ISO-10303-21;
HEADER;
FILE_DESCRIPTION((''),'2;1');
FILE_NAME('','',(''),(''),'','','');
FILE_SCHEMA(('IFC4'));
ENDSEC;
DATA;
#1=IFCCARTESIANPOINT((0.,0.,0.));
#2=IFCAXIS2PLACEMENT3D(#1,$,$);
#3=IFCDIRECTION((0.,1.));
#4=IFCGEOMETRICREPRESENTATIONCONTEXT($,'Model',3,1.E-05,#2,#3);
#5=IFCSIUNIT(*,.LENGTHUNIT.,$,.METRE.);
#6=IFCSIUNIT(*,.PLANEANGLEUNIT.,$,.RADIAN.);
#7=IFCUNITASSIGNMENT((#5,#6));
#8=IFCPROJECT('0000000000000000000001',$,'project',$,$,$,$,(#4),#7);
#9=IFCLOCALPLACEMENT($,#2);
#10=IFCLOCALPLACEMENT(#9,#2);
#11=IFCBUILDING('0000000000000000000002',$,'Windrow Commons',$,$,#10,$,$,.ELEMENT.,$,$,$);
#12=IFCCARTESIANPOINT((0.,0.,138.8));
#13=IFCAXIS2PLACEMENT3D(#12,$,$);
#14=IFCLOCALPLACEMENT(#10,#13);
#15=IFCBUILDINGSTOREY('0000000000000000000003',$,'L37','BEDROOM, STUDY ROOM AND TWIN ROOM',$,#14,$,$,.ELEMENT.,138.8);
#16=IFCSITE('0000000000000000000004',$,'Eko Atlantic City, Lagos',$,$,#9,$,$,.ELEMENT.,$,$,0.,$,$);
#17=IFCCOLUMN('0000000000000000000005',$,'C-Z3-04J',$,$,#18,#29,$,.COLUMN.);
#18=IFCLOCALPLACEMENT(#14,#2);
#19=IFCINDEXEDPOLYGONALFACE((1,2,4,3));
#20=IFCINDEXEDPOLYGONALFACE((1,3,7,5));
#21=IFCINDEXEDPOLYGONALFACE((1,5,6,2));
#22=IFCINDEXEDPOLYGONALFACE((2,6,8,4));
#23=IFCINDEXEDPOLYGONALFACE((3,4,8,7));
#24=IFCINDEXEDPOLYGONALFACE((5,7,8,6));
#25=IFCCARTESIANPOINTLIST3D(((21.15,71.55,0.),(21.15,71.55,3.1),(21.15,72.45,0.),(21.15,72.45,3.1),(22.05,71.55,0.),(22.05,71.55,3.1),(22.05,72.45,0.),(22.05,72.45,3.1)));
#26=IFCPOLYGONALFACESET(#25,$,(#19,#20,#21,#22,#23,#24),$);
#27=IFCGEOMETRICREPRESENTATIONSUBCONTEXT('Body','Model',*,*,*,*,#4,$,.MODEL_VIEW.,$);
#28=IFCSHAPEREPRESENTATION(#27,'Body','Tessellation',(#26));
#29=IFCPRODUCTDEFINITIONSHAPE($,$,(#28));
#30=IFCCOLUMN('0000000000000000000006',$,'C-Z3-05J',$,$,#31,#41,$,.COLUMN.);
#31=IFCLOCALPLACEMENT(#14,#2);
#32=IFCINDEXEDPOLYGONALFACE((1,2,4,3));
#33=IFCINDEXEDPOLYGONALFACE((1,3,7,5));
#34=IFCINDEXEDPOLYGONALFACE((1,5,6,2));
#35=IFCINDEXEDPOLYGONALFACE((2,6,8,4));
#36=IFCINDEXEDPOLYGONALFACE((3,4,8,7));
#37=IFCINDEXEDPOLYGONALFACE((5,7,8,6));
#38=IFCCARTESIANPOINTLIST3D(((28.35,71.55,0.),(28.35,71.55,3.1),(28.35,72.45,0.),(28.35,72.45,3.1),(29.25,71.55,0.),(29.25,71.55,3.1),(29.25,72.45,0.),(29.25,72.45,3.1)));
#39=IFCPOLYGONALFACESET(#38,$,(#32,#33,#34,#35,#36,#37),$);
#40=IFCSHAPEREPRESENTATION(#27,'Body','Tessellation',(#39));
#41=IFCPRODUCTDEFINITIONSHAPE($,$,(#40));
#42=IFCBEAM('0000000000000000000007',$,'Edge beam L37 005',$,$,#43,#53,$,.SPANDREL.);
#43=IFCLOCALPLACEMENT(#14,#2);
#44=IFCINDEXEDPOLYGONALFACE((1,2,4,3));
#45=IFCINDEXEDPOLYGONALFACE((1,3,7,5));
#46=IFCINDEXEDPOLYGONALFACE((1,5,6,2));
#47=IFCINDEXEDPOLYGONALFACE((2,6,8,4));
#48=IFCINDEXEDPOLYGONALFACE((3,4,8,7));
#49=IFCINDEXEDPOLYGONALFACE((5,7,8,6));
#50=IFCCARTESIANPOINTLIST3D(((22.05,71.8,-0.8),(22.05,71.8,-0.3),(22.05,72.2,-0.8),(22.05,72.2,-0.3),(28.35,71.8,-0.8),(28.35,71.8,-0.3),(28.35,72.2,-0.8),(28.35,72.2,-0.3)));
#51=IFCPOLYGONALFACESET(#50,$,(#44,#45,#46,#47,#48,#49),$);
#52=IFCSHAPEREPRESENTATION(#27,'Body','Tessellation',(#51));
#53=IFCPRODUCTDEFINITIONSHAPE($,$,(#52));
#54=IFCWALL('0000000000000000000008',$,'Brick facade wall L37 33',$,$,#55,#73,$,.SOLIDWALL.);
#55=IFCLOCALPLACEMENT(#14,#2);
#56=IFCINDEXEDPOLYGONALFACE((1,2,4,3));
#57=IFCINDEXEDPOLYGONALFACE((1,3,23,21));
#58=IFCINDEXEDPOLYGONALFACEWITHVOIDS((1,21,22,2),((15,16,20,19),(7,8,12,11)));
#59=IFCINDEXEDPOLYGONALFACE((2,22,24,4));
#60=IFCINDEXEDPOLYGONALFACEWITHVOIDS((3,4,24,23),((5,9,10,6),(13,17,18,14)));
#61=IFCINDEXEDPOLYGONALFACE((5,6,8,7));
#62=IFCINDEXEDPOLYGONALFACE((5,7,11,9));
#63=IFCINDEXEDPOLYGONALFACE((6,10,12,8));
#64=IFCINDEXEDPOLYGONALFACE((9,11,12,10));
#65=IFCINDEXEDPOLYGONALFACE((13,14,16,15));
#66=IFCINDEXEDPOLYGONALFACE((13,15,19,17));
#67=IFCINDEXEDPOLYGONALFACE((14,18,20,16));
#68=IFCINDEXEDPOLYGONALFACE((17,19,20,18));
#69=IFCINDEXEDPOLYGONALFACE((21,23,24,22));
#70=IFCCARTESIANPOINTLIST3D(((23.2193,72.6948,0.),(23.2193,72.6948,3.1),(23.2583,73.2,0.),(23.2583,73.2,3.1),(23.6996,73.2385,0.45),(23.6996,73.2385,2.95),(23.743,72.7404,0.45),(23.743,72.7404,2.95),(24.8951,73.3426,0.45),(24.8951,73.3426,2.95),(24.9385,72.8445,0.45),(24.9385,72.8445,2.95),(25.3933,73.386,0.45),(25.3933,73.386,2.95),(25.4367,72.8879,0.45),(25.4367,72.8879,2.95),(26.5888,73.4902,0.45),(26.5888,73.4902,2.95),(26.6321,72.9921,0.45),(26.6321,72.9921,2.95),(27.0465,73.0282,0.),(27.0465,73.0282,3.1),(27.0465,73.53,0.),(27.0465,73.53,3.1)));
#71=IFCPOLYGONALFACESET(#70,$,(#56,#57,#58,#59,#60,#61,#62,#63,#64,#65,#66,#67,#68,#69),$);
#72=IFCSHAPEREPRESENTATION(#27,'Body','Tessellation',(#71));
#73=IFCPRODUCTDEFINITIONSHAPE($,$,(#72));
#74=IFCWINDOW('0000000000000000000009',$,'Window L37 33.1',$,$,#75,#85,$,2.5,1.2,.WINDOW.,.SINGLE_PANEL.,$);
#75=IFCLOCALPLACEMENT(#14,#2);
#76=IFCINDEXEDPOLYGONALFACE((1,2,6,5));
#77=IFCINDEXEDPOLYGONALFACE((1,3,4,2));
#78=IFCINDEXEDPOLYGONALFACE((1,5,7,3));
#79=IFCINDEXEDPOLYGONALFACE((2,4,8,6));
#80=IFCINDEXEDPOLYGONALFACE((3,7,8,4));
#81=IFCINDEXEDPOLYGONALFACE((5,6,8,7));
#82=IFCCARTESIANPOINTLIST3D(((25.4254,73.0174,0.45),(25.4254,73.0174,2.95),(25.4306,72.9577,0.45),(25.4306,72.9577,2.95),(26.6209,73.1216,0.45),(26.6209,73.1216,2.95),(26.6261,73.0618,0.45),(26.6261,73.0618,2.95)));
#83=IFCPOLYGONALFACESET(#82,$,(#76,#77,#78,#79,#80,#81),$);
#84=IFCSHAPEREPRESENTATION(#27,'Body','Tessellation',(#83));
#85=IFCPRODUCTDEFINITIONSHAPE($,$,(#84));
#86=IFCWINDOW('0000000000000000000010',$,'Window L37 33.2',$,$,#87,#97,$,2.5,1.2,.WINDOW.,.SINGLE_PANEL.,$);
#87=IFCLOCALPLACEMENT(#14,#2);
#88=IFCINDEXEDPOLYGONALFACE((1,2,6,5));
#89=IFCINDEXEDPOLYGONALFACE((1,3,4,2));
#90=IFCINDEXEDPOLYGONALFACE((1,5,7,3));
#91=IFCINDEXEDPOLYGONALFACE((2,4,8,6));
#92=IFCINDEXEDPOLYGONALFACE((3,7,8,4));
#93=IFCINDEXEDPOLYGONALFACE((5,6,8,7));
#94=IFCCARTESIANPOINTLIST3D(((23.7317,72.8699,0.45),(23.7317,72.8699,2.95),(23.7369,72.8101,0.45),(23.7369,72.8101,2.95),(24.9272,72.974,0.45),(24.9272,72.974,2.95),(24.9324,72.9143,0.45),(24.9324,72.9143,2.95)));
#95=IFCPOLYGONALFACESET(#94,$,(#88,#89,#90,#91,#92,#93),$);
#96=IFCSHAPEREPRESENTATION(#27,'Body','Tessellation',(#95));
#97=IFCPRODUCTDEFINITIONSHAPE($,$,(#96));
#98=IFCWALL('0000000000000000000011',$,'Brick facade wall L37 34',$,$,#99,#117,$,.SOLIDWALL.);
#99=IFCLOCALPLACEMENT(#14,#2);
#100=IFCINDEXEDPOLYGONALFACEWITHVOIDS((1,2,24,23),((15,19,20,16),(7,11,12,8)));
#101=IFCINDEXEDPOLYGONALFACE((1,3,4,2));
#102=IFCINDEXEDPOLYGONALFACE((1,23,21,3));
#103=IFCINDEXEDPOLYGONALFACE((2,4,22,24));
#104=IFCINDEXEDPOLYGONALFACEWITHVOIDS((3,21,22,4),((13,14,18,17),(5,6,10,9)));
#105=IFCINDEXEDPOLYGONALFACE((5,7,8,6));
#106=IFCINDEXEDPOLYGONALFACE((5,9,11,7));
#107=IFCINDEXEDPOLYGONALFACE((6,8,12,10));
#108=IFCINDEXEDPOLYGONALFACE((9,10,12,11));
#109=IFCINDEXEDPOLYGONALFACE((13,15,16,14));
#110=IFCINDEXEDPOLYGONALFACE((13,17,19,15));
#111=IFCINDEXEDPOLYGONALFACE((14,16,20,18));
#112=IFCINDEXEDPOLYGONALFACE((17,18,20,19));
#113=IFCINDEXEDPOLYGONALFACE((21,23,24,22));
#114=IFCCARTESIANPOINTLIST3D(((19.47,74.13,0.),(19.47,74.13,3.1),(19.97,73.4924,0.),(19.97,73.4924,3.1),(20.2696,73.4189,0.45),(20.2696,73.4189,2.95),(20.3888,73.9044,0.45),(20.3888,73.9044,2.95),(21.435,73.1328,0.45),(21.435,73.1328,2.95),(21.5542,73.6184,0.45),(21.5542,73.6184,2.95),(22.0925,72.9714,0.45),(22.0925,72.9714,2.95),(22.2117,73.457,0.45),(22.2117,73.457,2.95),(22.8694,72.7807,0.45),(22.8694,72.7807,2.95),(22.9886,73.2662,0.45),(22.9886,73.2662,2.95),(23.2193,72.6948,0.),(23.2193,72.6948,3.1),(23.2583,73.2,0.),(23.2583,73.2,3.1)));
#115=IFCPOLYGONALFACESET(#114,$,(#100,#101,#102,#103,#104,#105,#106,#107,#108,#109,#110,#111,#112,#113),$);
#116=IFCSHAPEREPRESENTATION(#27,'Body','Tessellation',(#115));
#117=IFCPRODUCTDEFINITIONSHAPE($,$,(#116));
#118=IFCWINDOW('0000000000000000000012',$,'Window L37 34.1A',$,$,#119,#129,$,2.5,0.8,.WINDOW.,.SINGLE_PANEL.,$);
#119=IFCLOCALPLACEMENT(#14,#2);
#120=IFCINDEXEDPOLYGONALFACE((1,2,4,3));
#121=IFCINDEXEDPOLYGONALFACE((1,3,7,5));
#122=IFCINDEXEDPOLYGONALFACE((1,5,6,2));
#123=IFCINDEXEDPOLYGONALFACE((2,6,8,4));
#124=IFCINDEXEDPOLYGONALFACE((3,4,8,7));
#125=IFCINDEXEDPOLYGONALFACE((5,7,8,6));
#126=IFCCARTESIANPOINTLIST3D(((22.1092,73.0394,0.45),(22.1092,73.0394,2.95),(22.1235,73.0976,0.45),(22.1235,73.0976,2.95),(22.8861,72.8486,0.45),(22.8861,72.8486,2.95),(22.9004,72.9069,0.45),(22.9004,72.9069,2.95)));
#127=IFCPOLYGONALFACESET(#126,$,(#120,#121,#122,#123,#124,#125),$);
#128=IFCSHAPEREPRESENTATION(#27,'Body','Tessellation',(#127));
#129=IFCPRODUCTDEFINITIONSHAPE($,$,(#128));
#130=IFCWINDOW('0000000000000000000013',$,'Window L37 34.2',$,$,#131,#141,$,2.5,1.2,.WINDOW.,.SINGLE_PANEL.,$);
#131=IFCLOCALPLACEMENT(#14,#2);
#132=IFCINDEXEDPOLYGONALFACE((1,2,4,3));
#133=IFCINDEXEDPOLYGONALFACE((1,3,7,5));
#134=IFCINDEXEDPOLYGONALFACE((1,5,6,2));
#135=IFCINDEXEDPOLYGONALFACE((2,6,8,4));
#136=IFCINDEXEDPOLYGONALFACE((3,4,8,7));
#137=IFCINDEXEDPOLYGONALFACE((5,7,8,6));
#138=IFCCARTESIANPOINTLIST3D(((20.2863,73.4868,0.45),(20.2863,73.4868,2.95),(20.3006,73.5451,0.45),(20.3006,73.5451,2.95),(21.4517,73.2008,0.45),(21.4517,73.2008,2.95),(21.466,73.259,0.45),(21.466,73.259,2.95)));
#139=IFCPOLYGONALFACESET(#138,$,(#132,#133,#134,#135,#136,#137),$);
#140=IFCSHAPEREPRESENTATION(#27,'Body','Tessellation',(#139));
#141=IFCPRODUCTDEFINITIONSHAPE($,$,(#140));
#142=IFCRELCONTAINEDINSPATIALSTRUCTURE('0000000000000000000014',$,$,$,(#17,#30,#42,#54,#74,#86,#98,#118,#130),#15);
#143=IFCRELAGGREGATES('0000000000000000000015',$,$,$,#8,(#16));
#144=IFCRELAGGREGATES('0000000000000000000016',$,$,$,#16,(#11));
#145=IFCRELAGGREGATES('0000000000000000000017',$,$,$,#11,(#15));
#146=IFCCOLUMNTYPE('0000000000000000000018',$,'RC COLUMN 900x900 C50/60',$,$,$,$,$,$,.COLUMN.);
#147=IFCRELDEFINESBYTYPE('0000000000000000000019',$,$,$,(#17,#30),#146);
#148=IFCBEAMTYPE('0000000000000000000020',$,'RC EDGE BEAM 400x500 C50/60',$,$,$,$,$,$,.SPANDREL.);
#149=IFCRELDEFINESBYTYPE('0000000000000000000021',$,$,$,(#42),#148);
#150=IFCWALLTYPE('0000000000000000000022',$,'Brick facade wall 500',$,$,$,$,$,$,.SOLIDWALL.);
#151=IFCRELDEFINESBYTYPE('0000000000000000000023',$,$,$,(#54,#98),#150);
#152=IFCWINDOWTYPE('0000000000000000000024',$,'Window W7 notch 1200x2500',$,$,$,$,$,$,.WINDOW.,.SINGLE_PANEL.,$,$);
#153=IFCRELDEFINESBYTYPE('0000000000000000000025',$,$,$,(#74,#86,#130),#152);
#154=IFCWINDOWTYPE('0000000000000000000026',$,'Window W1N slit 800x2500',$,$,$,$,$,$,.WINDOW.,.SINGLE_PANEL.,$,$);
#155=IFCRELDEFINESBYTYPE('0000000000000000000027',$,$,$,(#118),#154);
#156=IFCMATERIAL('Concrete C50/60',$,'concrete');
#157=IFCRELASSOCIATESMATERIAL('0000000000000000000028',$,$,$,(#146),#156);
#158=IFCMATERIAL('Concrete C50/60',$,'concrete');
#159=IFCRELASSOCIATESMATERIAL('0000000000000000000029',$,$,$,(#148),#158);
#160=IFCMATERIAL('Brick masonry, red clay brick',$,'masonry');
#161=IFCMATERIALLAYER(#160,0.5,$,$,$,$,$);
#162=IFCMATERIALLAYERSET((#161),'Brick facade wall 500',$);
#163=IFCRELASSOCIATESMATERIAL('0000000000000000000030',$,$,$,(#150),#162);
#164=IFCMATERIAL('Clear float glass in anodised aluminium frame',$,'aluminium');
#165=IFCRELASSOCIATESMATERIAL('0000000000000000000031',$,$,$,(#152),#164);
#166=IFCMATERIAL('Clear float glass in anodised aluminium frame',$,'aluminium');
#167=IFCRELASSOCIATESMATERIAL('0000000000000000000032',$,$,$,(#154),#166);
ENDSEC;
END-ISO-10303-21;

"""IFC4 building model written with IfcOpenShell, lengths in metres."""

from ifc_helpers import new_model, si_unit, direction, frame, frame_2d, origin, origin_2d, place, context, subcontext, project, spatial, polyline, rectangle, outline, extrude, material, layer, layer_set, material_profile, profile_set, type_object, element, fill, save


model = new_model("IFC4")

# Units and contexts
model_context = context("Model", 3, precision=1e-05, world=origin(), true_north=direction((0.0, 1.0)))
body_context = subcontext(model_context, "Body", "Model", "MODEL_VIEW")
ifc_project = project(units=[si_unit("LENGTHUNIT", "METRE"), si_unit("PLANEANGLEUNIT", "RADIAN")], contexts=[model_context])

# Site, building, storey
site_placement = place(None, origin())
site = spatial("IfcSite", under=ifc_project, at=site_placement, Name="Eko Atlantic City, Lagos", CompositionType="ELEMENT", RefElevation=0.0)
building_placement = place(site_placement, origin())
building = spatial("IfcBuilding", under=site, at=building_placement, Name="Windrow Commons", CompositionType="ELEMENT")
storey_placement = place(building_placement, frame((0.0, 0.0, 138.8)))
storey = spatial("IfcBuildingStorey", under=building, at=storey_placement, Name="L37", Description="BEDROOM, STUDY ROOM AND TWIN ROOM", CompositionType="ELEMENT", Elevation=138.8)

# Columns
ifc_material_1 = material(Name="Concrete C50/60", Category="concrete")
ifc_material_profile_1 = material_profile(ifc_material_1, rectangle(XDim=0.9, YDim=0.9, at=origin_2d()))
ifc_profile_set_1 = profile_set([ifc_material_profile_1], Name="Concrete C50/60")
column_type = type_object("IfcColumnType", Name="RC COLUMN 900x900 C50/60", PredefinedType="COLUMN", material=ifc_profile_set_1)
for number, where, z_axis, x_axis, name in (
    (1, (21.6, 72.0, 0.0), (0.0, 0.0, 1.0), (1.0, 0.0, 0.0), "C-Z3-04J"),
    (2, (28.8, 72.0, 0.0), (0.0, 0.0, 1.0), (1.0, 0.0, 0.0), "C-Z3-05J"),
):
    element("IfcColumn", number, at=place(storey_placement, frame(where, z_axis=z_axis, x_axis=x_axis)), inside=storey, type_object=column_type, Name=name, PredefinedType="COLUMN", context=body_context, shape_type="SweptSolid", body=[
        extrude(rectangle(XDim=0.9, YDim=0.9, at=origin_2d()), origin(), (0.0, 0.0, 1.0), 3.1),
    ])

# Beam
ifc_material_2 = material(Name="Concrete C50/60", Category="concrete")
ifc_material_profile_2 = material_profile(ifc_material_2, rectangle(XDim=0.4, YDim=0.5, at=origin_2d()))
ifc_profile_set_2 = profile_set([ifc_material_profile_2], Name="Concrete C50/60")
beam_type = type_object("IfcBeamType", Name="RC EDGE BEAM 400x500 C50/60", PredefinedType="SPANDREL", material=ifc_profile_set_2)
beam_placement = place(storey_placement, frame((22.05, 72.0, -0.55), z_axis=(1.0, 0.0, 0.0), x_axis=(0.0, 1.0, 0.0)))
element("IfcBeam", 3, at=beam_placement, inside=storey, type_object=beam_type, Name="Edge beam L37 005", PredefinedType="SPANDREL", context=body_context, shape_type="SweptSolid", body=[
    extrude(rectangle(XDim=0.4, YDim=0.5, at=origin_2d()), origin(), (0.0, 0.0, 1.0), 6.3),
])

# Walls, openings, windows
ifc_material_3 = material(Name="Brick masonry, red clay brick", Category="masonry")
ifc_layer_1 = layer(ifc_material_3, 0.5)
ifc_layer_set_1 = layer_set([ifc_layer_1], Name="Brick facade wall 500")
wall_type_1 = type_object("IfcWallType", Name="Brick facade wall 500", PredefinedType="SOLIDWALL", material=ifc_layer_set_1)
wall_1_placement = place(storey_placement, frame((27.0465, 73.2791, 0.0), z_axis=(0.0, 0.0, 1.0), x_axis=(-0.996227, -0.086784, 0.0)))
wall_1 = element("IfcWall", 4, at=wall_1_placement, inside=storey, type_object=wall_type_1, Name="Brick facade wall L37 33", PredefinedType="SOLIDWALL", context=body_context, shape_type="SweptSolid", body=[
    extrude(outline(polyline([(-0.0218, -0.25), (3.7808, -0.25), (3.8635, 0.25), (0.0218, 0.25), (-0.0218, -0.25)])), origin(), (0.0, 0.0, 1.0), 3.1),
])
opening_1_placement = place(wall_1_placement, frame((0.4377, 0.0, 0.45)))
opening_1 = element("IfcOpeningElement", 5, at=opening_1_placement, cuts=wall_1, PredefinedType="OPENING", context=body_context, shape_type="SweptSolid", body=[
    extrude(rectangle(XDim=1.2, YDim=2.5, at=frame_2d((0.6, 1.25))), frame((0.0, 0.26, 0.0), z_axis=(0.0, -1.0, 0.0), x_axis=(1.0, 0.0, 0.0)), (0.0, 0.0, 1.0), 0.52),
])
opening_2_placement = place(wall_1_placement, frame((2.1378, 0.0, 0.45)))
opening_2 = element("IfcOpeningElement", 6, at=opening_2_placement, cuts=wall_1, PredefinedType="OPENING", context=body_context, shape_type="SweptSolid", body=[
    extrude(rectangle(XDim=1.2, YDim=2.5, at=frame_2d((0.6, 1.25))), frame((0.0, 0.26, 0.0), z_axis=(0.0, -1.0, 0.0), x_axis=(1.0, 0.0, 0.0)), (0.0, 0.0, 1.0), 0.52),
])
ifc_material_4 = material(Name="Clear float glass in anodised aluminium frame", Category="aluminium")
window_type_1 = type_object("IfcWindowType", Name="Window W7 notch 1200x2500", PartitioningType="SINGLE_PANEL", PredefinedType="WINDOW", material=ifc_material_4)
window_1_placement = place(opening_1_placement, origin())
window_1 = element("IfcWindow", 7, at=window_1_placement, inside=storey, type_object=window_type_1, Name="Window L37 33.1", OverallHeight=2.5, OverallWidth=1.2, PartitioningType="SINGLE_PANEL", PredefinedType="WINDOW", context=body_context, shape_type="SweptSolid", body=[
    extrude(rectangle(XDim=1.2, YDim=2.5, at=frame_2d((0.6, 1.25))), frame((0.0, 0.18, 0.0), z_axis=(0.0, -1.0, 0.0), x_axis=(1.0, 0.0, 0.0)), (0.0, 0.0, 1.0), 0.06),
])
fill(opening_1, window_1)
window_2_placement = place(opening_2_placement, origin())
window_2 = element("IfcWindow", 8, at=window_2_placement, inside=storey, type_object=window_type_1, Name="Window L37 33.2", OverallHeight=2.5, OverallWidth=1.2, PartitioningType="SINGLE_PANEL", PredefinedType="WINDOW", context=body_context, shape_type="SweptSolid", body=[
    extrude(rectangle(XDim=1.2, YDim=2.5, at=frame_2d((0.6, 1.25))), frame((0.0, 0.18, 0.0), z_axis=(0.0, -1.0, 0.0), x_axis=(1.0, 0.0, 0.0)), (0.0, 0.0, 1.0), 0.06),
])
fill(opening_2, window_2)
wall_2_placement = place(storey_placement, frame((23.2388, 72.9474, 0.0), z_axis=(0.0, 0.0, 1.0), x_axis=(-0.971166, 0.238403, 0.0)))
wall_2 = element("IfcWall", 9, at=wall_2_placement, inside=storey, type_object=wall_type_1, Name="Brick facade wall L37 34", PredefinedType="SOLIDWALL", context=body_context, shape_type="SweptSolid", body=[
    extrude(outline(polyline([(0.0413, -0.25), (3.9421, -0.25), (3.3045, 0.25), (-0.0413, 0.25), (0.0413, -0.25)])), origin(), (0.0, 0.0, 1.0), 3.1),
])
opening_3_placement = place(wall_2_placement, frame((1.796, 0.0, 0.45)))
opening_3 = element("IfcOpeningElement", 10, at=opening_3_placement, cuts=wall_2, PredefinedType="OPENING", context=body_context, shape_type="SweptSolid", body=[
    extrude(rectangle(XDim=1.2, YDim=2.5, at=frame_2d((0.6, 1.25))), frame((0.0, 0.26, 0.0), z_axis=(0.0, -1.0, 0.0), x_axis=(1.0, 0.0, 0.0)), (0.0, 0.0, 1.0), 0.52),
])
opening_4_placement = place(wall_2_placement, frame((0.319, 0.0, 0.45)))
opening_4 = element("IfcOpeningElement", 11, at=opening_4_placement, cuts=wall_2, PredefinedType="OPENING", context=body_context, shape_type="SweptSolid", body=[
    extrude(rectangle(XDim=0.8, YDim=2.5, at=frame_2d((0.4, 1.25))), frame((0.0, 0.26, 0.0), z_axis=(0.0, -1.0, 0.0), x_axis=(1.0, 0.0, 0.0)), (0.0, 0.0, 1.0), 0.52),
])
ifc_material_5 = material(Name="Clear float glass in anodised aluminium frame", Category="aluminium")
window_type_2 = type_object("IfcWindowType", Name="Window W1N slit 800x2500", PartitioningType="SINGLE_PANEL", PredefinedType="WINDOW", material=ifc_material_5)
window_3_placement = place(opening_4_placement, origin())
window_3 = element("IfcWindow", 12, at=window_3_placement, inside=storey, type_object=window_type_2, Name="Window L37 34.1A", OverallHeight=2.5, OverallWidth=0.8, PartitioningType="SINGLE_PANEL", PredefinedType="WINDOW", context=body_context, shape_type="SweptSolid", body=[
    extrude(rectangle(XDim=0.8, YDim=2.5, at=frame_2d((0.4, 1.25))), frame((0.0, 0.18, 0.0), z_axis=(0.0, -1.0, 0.0), x_axis=(1.0, 0.0, 0.0)), (0.0, 0.0, 1.0), 0.06),
])
fill(opening_4, window_3)
window_4_placement = place(opening_3_placement, origin())
window_4 = element("IfcWindow", 13, at=window_4_placement, inside=storey, type_object=window_type_1, Name="Window L37 34.2", OverallHeight=2.5, OverallWidth=1.2, PartitioningType="SINGLE_PANEL", PredefinedType="WINDOW", context=body_context, shape_type="SweptSolid", body=[
    extrude(rectangle(XDim=1.2, YDim=2.5, at=frame_2d((0.6, 1.25))), frame((0.0, 0.18, 0.0), z_axis=(0.0, -1.0, 0.0), x_axis=(1.0, 0.0, 0.0)), (0.0, 0.0, 1.0), 0.06),
])
fill(opening_3, window_4)

save(model, "model.ifc")
